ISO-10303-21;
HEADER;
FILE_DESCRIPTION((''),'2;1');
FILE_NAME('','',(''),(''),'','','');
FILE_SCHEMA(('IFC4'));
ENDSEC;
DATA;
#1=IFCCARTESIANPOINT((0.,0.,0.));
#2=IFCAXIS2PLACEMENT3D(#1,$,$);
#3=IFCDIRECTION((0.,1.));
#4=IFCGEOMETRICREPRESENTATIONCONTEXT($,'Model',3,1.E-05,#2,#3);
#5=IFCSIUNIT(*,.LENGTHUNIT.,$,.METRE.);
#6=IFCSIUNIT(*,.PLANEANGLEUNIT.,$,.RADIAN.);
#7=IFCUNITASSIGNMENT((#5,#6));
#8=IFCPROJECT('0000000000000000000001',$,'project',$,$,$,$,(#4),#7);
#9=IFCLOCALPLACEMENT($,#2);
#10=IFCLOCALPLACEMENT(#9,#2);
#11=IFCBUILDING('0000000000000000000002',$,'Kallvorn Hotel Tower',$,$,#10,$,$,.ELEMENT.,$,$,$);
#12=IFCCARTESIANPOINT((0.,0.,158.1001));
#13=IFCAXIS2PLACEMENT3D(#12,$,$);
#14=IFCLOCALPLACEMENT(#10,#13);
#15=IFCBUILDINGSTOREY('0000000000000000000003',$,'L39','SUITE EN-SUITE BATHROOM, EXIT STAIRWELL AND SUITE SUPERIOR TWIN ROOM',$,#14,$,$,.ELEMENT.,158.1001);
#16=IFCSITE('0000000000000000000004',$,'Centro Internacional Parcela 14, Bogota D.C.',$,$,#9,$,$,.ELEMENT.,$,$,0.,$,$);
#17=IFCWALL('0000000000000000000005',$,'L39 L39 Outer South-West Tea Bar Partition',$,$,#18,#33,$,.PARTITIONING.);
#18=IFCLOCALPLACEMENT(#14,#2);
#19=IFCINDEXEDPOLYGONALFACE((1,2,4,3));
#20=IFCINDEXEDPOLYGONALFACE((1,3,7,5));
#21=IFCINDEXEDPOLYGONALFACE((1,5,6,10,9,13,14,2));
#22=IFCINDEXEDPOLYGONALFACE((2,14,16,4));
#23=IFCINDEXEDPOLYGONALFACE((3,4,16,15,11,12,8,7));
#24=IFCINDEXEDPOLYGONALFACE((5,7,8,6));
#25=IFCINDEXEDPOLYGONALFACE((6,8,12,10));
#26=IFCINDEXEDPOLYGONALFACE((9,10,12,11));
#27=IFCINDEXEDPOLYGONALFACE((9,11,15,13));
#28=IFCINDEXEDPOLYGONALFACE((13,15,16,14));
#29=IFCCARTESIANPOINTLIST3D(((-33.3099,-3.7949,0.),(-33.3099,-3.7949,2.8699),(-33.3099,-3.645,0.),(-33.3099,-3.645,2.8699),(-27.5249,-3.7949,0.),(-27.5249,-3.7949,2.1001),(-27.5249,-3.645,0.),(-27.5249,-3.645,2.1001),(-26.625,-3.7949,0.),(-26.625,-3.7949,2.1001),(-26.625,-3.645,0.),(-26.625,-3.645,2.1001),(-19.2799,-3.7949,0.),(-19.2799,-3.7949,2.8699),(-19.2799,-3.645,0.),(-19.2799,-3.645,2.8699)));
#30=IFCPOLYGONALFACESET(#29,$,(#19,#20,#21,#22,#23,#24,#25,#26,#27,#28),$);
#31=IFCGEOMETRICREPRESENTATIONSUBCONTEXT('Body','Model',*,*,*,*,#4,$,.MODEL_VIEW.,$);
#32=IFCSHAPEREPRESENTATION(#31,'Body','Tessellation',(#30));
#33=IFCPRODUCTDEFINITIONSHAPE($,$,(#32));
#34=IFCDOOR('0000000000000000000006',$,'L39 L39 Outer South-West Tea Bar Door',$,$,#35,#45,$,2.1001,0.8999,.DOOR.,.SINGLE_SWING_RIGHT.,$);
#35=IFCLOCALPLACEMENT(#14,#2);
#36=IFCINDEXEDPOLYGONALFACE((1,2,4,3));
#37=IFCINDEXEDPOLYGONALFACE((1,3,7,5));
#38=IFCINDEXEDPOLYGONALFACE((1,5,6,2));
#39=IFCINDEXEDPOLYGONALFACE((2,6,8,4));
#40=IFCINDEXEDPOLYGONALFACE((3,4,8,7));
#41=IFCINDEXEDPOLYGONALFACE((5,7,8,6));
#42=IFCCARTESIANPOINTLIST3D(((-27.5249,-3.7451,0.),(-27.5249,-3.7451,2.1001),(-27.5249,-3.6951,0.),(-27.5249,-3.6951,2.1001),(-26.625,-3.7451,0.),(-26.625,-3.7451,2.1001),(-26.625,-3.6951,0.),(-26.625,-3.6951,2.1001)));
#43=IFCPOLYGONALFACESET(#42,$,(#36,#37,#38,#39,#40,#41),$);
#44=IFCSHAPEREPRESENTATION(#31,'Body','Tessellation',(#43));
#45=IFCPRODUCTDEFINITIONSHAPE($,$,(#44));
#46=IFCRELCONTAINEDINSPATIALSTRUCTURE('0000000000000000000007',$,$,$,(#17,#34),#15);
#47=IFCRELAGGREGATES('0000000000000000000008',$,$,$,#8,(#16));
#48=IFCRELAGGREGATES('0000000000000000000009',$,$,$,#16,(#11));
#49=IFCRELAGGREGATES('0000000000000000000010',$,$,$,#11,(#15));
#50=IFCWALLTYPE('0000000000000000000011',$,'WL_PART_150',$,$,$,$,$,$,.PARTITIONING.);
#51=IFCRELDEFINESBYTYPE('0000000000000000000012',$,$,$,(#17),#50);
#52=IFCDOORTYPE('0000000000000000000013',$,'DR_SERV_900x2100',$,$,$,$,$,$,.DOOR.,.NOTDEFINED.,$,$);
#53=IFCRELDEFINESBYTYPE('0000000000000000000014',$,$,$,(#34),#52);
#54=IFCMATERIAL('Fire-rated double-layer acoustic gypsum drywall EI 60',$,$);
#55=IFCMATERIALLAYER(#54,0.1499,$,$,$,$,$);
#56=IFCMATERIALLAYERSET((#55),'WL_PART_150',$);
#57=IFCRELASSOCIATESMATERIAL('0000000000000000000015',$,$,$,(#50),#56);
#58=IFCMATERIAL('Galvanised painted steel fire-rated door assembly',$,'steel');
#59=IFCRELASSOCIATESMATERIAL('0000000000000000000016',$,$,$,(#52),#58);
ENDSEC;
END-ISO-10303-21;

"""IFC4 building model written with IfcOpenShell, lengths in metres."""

from ifc_helpers import new_model, si_unit, direction, frame, frame_2d, origin, place, context, subcontext, project, spatial, rectangle, extrude, material, layer, layer_set, type_object, element, fill, save


model = new_model("IFC4")

# Units and contexts
model_context = context("Model", 3, precision=1e-05, world=origin(), true_north=direction((0.0, 1.0)))
body_context = subcontext(model_context, "Body", "Model", "MODEL_VIEW")
ifc_project = project(units=[si_unit("LENGTHUNIT", "METRE"), si_unit("PLANEANGLEUNIT", "RADIAN")], contexts=[model_context])

# Site, building, storey
site_placement = place(None, origin())
site = spatial("IfcSite", under=ifc_project, at=site_placement, Name="Centro Internacional Parcela 14, Bogota D.C.", CompositionType="ELEMENT", RefElevation=0.0)
building_placement = place(site_placement, origin())
building = spatial("IfcBuilding", under=site, at=building_placement, Name="Kallvorn Hotel Tower", CompositionType="ELEMENT")
storey_placement = place(building_placement, frame((0.0, 0.0, 158.1001)))
storey = spatial("IfcBuildingStorey", under=building, at=storey_placement, Name="L39", Description="SUITE EN-SUITE BATHROOM, EXIT STAIRWELL AND SUITE SUPERIOR TWIN ROOM", CompositionType="ELEMENT", Elevation=158.1001)

# Wall, opening, door
ifc_material_1 = material(Name="Fire-rated double-layer acoustic gypsum drywall EI 60")
ifc_layer = layer(ifc_material_1, 0.1499)
ifc_layer_set = layer_set([ifc_layer], Name="WL_PART_150")
wall_type = type_object("IfcWallType", Name="WL_PART_150", PredefinedType="PARTITIONING", material=ifc_layer_set)
wall_placement = place(storey_placement, frame((-33.3101, -3.72, 0.0), z_axis=(0.0, 0.0, 1.0), x_axis=(1.0, 0.0, 0.0)))
wall = element("IfcWall", 1, at=wall_placement, inside=storey, type_object=wall_type, Name="L39 L39 Outer South-West Tea Bar Partition", PredefinedType="PARTITIONING", context=body_context, shape_type="SweptSolid", body=[
    extrude(rectangle(XDim=14.03, YDim=0.1499, at=frame_2d((7.0151, 0.0))), origin(), (0.0, 0.0, 1.0), 2.8699),
])
opening_placement = place(wall_placement, frame((5.7852, 0.0, 0.0)))
opening = element("IfcOpeningElement", 2, at=opening_placement, cuts=wall, PredefinedType="OPENING", context=body_context, shape_type="SweptSolid", body=[
    extrude(rectangle(XDim=0.8999, YDim=2.1001, at=frame_2d((0.45, 1.05))), frame((0.0, 0.0898, 0.0), z_axis=(0.0, -1.0, 0.0), x_axis=(1.0, 0.0, 0.0)), (0.0, 0.0, 1.0), 0.1799),
])
ifc_material_2 = material(Name="Galvanised painted steel fire-rated door assembly", Category="steel")
door_type = type_object("IfcDoorType", Name="DR_SERV_900x2100", OperationType="NOTDEFINED", PredefinedType="DOOR", material=ifc_material_2)
door_placement = place(opening_placement, origin())
door = element("IfcDoor", 3, at=door_placement, inside=storey, type_object=door_type, Name="L39 L39 Outer South-West Tea Bar Door", OperationType="SINGLE_SWING_RIGHT", OverallHeight=2.1001, OverallWidth=0.8999, PredefinedType="DOOR", context=body_context, shape_type="SweptSolid", body=[
    extrude(rectangle(XDim=0.8999, YDim=2.1001, at=frame_2d((0.45, 1.05))), frame((0.0, 0.0249, 0.0), z_axis=(0.0, -1.0, 0.0), x_axis=(1.0, 0.0, 0.0)), (0.0, 0.0, 1.0), 0.05),
])
fill(opening, door)

save(model, "model.ifc")
